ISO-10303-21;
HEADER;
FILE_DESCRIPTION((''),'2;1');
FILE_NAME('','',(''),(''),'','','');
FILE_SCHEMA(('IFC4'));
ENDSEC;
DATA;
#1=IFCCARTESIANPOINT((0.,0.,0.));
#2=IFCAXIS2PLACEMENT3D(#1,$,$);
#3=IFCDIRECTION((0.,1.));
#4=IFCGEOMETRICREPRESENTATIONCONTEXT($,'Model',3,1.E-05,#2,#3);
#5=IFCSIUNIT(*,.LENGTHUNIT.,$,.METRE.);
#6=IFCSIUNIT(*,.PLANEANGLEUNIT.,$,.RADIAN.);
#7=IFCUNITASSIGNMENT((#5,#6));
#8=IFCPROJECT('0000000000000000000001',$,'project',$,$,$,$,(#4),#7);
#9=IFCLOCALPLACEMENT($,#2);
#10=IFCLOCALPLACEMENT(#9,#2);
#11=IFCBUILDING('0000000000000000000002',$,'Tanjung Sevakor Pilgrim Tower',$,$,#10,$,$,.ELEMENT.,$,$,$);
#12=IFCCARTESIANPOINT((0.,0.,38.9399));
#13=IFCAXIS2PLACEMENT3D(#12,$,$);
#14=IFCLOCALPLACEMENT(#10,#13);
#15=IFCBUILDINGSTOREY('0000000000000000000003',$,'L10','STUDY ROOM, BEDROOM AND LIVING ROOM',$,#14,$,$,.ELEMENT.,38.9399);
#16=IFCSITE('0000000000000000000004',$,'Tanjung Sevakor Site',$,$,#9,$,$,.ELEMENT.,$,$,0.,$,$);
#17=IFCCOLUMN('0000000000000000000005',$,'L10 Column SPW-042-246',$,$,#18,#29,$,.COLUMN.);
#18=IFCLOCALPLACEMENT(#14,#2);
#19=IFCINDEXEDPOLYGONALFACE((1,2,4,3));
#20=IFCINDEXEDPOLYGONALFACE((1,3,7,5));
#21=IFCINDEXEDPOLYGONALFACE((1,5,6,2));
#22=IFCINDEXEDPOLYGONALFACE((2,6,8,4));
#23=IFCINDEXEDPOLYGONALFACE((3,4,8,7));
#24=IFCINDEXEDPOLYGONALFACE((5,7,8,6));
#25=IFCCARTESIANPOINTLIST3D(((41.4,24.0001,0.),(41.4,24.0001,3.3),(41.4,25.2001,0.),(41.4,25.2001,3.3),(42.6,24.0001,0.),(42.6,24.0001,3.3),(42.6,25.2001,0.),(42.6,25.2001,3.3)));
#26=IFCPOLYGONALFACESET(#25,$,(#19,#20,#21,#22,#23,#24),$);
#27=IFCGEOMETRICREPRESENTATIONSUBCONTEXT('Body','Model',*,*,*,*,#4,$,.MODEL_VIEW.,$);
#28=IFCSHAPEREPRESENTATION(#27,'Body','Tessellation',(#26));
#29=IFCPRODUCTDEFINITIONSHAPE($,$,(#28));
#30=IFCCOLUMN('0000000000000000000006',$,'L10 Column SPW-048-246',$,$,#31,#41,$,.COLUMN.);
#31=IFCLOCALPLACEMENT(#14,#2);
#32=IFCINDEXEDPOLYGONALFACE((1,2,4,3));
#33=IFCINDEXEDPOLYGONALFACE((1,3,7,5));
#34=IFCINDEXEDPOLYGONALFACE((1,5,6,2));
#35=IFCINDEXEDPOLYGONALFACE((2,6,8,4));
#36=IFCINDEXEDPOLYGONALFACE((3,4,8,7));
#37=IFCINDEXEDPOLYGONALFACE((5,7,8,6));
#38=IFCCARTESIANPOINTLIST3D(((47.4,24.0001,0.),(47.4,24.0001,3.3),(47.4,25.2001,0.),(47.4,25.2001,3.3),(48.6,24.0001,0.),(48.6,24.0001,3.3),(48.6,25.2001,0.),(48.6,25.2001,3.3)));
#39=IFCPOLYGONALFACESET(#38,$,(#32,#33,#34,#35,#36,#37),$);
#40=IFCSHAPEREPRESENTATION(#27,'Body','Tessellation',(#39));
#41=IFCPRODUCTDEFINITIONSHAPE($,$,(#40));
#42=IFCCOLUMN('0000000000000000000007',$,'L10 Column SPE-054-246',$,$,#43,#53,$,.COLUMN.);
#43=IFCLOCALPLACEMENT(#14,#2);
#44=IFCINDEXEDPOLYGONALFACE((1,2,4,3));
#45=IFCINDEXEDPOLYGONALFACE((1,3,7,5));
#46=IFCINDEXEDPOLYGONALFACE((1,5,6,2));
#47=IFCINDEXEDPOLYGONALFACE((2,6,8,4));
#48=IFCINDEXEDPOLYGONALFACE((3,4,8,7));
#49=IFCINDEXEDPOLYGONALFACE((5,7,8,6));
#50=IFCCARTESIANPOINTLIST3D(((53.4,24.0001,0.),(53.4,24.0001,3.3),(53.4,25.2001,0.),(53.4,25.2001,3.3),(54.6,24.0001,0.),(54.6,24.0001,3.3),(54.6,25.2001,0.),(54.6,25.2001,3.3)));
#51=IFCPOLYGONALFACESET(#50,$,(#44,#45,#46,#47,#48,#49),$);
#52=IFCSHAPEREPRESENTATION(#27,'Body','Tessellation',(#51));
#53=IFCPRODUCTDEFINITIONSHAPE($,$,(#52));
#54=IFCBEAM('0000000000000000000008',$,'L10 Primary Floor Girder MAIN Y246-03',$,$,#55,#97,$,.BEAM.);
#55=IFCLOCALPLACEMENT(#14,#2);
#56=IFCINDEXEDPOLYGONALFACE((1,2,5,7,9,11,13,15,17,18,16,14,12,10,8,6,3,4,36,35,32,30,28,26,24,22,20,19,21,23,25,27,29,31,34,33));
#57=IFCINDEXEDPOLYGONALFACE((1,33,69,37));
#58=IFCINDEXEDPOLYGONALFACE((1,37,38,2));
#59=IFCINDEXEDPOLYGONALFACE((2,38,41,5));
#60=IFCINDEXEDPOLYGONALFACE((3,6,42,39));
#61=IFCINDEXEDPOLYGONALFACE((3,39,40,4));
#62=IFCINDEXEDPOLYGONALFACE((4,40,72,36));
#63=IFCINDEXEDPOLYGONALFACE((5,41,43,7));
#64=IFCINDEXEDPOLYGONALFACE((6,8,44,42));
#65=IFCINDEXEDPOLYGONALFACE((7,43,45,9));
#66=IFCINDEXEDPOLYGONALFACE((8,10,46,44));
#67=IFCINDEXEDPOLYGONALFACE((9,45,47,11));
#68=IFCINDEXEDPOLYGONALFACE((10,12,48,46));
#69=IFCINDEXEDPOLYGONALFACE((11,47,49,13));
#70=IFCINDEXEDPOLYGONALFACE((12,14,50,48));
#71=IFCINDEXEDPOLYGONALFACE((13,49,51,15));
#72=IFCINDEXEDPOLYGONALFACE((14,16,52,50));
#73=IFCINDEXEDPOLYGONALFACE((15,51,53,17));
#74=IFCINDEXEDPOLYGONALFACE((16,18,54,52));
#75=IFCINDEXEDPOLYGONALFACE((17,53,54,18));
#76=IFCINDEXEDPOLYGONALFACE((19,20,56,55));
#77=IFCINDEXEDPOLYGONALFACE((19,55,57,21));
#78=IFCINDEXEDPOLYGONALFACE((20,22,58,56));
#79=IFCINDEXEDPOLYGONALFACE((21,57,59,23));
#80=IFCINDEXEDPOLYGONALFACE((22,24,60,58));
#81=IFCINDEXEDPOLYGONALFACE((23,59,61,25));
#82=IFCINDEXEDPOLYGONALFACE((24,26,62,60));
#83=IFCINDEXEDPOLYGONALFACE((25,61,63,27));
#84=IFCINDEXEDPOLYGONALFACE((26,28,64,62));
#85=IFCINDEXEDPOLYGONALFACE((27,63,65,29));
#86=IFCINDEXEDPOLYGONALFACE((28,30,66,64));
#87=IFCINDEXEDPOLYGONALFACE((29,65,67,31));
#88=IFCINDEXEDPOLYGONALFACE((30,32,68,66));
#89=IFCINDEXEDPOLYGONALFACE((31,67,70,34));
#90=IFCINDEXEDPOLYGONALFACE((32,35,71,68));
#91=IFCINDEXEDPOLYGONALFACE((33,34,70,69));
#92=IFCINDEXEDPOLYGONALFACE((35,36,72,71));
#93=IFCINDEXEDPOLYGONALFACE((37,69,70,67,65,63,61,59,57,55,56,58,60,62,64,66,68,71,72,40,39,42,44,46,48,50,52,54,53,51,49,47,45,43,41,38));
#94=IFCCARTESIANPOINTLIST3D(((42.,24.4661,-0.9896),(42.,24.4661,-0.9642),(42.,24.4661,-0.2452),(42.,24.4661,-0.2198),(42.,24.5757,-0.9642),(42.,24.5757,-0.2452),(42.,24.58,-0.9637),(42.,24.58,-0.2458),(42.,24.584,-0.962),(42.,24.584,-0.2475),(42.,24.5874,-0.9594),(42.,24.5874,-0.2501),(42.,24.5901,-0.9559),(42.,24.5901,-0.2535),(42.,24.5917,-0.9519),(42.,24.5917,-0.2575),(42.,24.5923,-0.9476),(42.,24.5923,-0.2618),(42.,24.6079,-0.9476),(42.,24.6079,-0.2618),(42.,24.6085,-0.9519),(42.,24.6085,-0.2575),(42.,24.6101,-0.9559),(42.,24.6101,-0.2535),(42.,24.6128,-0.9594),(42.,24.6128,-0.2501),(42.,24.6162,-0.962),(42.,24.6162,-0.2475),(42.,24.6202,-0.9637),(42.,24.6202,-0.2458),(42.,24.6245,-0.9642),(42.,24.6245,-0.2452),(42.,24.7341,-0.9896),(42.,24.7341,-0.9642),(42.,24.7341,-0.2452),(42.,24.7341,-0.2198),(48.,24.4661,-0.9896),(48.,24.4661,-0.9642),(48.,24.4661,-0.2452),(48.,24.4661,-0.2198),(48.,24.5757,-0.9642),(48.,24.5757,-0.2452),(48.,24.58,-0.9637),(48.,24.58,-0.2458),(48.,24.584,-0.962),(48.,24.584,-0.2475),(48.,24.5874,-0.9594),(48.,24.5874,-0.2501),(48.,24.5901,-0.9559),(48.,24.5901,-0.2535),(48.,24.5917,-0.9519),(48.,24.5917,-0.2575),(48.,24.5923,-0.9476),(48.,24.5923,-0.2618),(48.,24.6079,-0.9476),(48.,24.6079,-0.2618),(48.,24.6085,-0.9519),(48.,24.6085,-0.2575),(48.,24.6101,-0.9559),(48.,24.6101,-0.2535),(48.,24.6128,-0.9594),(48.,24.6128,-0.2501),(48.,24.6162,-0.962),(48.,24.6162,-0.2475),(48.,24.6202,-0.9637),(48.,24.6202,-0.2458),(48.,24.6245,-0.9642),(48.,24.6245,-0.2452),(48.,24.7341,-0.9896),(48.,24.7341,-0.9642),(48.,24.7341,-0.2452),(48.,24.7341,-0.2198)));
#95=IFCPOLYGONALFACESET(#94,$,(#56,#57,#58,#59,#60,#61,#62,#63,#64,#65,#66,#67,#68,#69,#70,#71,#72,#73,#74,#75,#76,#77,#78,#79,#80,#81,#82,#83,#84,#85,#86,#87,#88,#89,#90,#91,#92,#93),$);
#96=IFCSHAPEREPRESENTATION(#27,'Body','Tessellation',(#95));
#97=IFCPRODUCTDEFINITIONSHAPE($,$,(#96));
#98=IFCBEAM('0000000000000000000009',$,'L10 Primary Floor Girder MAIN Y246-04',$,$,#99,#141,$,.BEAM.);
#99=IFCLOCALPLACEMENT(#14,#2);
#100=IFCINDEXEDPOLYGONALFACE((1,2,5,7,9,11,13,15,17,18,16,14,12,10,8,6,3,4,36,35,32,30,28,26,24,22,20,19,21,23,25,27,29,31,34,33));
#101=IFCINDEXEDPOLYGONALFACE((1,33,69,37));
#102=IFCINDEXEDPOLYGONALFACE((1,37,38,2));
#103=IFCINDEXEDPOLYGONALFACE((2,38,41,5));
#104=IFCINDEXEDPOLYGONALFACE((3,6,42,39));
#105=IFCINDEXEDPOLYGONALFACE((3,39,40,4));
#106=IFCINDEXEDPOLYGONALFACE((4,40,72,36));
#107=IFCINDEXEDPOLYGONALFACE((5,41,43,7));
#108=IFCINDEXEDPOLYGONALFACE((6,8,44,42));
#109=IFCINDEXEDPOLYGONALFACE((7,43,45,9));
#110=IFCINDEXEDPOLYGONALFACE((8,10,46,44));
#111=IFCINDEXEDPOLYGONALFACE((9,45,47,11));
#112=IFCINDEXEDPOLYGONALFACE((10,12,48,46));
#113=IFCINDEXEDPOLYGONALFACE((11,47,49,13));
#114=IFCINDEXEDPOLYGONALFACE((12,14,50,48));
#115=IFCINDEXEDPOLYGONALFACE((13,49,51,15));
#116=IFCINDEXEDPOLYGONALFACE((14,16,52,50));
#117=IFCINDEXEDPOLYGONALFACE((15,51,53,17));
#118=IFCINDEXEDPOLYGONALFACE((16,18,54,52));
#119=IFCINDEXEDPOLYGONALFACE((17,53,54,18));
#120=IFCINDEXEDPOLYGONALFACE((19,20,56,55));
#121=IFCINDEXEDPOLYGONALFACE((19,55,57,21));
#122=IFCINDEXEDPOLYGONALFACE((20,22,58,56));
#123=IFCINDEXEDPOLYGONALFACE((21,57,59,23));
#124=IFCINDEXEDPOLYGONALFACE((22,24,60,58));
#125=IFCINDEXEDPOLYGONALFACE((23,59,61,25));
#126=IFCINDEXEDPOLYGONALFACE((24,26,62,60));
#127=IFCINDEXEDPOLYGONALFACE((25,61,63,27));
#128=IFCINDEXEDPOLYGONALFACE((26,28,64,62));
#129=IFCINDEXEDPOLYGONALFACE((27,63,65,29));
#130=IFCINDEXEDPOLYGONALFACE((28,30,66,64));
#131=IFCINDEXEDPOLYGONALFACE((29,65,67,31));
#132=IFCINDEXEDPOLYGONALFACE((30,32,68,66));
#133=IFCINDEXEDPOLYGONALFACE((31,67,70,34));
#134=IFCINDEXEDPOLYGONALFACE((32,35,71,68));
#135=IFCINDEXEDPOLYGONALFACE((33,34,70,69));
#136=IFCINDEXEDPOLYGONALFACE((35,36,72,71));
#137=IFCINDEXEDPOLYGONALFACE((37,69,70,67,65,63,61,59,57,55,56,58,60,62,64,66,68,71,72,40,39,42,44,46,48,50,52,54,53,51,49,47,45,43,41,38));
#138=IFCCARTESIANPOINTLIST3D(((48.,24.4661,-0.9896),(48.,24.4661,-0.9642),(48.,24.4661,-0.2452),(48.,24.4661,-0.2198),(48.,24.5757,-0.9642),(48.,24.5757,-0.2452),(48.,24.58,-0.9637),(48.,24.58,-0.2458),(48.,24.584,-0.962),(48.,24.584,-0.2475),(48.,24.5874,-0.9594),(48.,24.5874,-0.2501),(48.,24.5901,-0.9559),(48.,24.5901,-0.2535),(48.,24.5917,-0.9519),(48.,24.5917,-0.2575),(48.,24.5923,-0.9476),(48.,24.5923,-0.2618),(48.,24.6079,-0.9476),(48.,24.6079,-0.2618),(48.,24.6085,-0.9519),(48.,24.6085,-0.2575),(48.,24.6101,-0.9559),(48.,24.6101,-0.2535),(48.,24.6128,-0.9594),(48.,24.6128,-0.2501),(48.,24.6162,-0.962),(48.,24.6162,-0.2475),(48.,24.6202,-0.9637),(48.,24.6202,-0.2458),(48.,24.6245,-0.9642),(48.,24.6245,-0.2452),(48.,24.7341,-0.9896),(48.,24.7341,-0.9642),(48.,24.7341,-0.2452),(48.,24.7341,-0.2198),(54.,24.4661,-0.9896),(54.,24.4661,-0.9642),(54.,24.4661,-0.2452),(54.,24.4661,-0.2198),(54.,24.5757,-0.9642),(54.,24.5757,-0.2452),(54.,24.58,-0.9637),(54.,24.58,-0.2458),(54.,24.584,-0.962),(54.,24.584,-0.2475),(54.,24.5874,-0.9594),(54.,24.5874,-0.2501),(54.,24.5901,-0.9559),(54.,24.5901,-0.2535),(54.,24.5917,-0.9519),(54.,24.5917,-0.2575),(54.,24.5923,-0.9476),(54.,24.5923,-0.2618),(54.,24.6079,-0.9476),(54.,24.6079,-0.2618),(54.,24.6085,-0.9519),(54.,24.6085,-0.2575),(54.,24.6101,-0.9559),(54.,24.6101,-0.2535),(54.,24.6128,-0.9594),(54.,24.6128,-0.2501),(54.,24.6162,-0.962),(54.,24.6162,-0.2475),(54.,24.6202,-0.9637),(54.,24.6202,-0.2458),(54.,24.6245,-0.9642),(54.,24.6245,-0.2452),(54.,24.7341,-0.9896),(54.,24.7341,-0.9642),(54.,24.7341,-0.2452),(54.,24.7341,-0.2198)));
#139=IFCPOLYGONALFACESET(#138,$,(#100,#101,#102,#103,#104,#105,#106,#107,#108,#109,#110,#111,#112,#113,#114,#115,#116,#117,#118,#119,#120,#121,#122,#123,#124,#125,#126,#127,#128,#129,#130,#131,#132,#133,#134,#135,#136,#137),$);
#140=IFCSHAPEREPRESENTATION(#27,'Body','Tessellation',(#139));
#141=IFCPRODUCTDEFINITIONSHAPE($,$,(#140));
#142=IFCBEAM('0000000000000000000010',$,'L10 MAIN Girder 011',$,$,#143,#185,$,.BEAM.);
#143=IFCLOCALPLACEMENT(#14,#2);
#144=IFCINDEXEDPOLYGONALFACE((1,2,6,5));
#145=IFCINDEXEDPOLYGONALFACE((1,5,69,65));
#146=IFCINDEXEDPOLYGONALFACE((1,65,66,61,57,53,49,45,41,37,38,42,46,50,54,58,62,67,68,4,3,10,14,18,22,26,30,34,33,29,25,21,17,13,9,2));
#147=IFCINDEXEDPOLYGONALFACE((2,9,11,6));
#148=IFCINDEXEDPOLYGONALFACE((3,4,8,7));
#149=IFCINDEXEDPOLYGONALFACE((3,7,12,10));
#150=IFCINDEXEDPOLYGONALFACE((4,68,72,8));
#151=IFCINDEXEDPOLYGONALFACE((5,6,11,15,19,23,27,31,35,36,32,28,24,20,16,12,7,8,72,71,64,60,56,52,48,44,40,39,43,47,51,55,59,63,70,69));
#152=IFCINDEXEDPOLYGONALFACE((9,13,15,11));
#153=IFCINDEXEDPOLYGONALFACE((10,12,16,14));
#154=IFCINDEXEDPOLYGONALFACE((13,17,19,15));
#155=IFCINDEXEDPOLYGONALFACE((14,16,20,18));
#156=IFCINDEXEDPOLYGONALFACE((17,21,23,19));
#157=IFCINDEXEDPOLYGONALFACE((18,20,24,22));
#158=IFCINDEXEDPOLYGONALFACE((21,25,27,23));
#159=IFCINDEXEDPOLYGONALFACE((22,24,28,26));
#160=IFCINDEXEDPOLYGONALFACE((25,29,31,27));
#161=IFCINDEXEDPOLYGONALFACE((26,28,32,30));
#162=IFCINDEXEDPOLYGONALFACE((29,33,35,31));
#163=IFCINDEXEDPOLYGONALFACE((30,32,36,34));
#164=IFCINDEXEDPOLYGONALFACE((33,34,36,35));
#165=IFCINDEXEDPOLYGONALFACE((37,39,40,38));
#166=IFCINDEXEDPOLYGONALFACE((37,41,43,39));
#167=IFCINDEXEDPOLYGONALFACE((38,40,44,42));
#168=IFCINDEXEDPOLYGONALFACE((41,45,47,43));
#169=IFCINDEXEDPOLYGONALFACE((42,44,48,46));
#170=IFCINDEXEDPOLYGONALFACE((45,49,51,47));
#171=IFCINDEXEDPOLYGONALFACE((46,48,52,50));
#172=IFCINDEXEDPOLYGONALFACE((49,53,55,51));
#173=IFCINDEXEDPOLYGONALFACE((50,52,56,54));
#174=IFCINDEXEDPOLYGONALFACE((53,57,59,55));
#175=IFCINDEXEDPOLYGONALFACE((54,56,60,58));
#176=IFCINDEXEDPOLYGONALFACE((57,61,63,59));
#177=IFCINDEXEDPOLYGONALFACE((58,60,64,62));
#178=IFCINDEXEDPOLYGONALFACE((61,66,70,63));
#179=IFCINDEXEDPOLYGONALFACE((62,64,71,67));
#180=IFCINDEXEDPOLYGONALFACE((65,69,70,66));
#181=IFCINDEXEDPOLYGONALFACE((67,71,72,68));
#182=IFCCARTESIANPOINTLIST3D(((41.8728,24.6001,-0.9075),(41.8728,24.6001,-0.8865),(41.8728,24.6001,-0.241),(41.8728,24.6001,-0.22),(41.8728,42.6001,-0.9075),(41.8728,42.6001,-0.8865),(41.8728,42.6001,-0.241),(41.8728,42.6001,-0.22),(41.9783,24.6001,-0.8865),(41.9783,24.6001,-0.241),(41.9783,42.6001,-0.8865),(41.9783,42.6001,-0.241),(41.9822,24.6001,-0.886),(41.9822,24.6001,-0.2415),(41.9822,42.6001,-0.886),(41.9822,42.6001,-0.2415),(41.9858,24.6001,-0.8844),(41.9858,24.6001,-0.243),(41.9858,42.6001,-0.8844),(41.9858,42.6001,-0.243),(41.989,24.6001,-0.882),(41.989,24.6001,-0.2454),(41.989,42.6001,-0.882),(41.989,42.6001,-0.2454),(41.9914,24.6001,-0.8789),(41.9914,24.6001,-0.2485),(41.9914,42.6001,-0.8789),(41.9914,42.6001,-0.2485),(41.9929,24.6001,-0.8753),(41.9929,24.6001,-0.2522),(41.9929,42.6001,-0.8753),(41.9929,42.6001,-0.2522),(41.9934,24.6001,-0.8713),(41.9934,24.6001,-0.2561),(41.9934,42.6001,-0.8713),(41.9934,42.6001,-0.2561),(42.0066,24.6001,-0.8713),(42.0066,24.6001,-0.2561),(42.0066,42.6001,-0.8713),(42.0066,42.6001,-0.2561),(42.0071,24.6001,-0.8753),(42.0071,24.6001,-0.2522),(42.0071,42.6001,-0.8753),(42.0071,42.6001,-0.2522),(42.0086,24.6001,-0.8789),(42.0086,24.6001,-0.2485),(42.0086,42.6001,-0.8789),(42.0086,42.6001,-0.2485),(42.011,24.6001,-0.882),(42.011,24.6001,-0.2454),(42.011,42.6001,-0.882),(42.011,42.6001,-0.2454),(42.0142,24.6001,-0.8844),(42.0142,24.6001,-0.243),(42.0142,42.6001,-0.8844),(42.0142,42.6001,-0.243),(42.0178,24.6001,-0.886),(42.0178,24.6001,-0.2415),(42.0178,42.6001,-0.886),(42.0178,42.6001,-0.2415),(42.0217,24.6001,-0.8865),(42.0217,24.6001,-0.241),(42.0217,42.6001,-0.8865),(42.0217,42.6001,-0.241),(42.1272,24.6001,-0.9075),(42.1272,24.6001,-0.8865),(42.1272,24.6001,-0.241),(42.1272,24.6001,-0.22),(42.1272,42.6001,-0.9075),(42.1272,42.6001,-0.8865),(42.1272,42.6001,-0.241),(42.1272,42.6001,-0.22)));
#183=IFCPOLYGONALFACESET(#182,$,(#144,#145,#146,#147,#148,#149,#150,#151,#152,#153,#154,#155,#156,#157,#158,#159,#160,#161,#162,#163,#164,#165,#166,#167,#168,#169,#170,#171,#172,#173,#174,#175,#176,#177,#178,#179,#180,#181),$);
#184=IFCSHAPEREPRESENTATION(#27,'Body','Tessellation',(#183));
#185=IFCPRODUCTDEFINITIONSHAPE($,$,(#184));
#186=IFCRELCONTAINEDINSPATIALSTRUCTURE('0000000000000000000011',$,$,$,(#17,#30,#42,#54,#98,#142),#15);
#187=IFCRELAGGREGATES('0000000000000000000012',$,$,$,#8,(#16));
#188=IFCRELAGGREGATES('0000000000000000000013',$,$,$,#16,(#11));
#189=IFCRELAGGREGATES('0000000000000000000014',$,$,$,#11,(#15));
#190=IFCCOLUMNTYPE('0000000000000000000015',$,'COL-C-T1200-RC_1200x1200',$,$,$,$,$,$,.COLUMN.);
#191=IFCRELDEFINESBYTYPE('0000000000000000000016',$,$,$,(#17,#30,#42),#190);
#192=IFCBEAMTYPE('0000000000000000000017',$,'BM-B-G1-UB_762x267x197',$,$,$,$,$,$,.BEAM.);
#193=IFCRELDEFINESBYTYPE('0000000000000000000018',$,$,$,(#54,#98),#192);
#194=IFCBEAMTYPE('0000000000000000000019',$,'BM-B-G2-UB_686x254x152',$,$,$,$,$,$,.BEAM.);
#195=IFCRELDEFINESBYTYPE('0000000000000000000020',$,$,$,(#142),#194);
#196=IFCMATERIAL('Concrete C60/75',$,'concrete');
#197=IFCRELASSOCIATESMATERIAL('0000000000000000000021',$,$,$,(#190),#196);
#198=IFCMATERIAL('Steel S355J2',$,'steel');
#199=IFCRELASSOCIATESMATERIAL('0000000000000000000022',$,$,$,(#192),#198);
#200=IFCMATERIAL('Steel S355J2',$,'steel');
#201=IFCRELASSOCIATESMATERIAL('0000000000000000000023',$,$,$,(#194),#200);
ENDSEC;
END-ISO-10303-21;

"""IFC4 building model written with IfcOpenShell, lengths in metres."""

from ifc_helpers import new_model, si_unit, direction, frame, origin, origin_2d, place, context, subcontext, project, spatial, rectangle, i_section, extrude, material, material_profile, profile_set, type_object, element, save


model = new_model("IFC4")

# Units and contexts
model_context = context("Model", 3, precision=1e-05, world=origin(), true_north=direction((0.0, 1.0)))
body_context = subcontext(model_context, "Body", "Model", "MODEL_VIEW")
ifc_project = project(units=[si_unit("LENGTHUNIT", "METRE"), si_unit("PLANEANGLEUNIT", "RADIAN")], contexts=[model_context])

# Site, building, storey
site_placement = place(None, origin())
site = spatial("IfcSite", under=ifc_project, at=site_placement, Name="Tanjung Sevakor Site", CompositionType="ELEMENT", RefElevation=0.0)
building_placement = place(site_placement, origin())
building = spatial("IfcBuilding", under=site, at=building_placement, Name="Tanjung Sevakor Pilgrim Tower", CompositionType="ELEMENT")
storey_placement = place(building_placement, frame((0.0, 0.0, 38.9399)))
storey = spatial("IfcBuildingStorey", under=building, at=storey_placement, Name="L10", Description="STUDY ROOM, BEDROOM AND LIVING ROOM", CompositionType="ELEMENT", Elevation=38.9399)

# Columns
ifc_material_1 = material(Name="Concrete C60/75", Category="concrete")
ifc_material_profile_1 = material_profile(ifc_material_1, rectangle(XDim=1.2, YDim=1.2, at=origin_2d()))
ifc_profile_set_1 = profile_set([ifc_material_profile_1], Name="Concrete C60/75")
column_type = type_object("IfcColumnType", Name="COL-C-T1200-RC_1200x1200", PredefinedType="COLUMN", material=ifc_profile_set_1)
for number, where, z_axis, x_axis, name in (
    (1, (42.0, 24.6001, 0.0), (0.0, 0.0, 1.0), (1.0, 0.0, 0.0), "L10 Column SPW-042-246"),
    (2, (48.0, 24.6001, 0.0), (0.0, 0.0, 1.0), (1.0, 0.0, 0.0), "L10 Column SPW-048-246"),
    (3, (54.0, 24.6001, 0.0), (0.0, 0.0, 1.0), (1.0, 0.0, 0.0), "L10 Column SPE-054-246"),
):
    element("IfcColumn", number, at=place(storey_placement, frame(where, z_axis=z_axis, x_axis=x_axis)), inside=storey, type_object=column_type, Name=name, PredefinedType="COLUMN", context=body_context, shape_type="SweptSolid", body=[
        extrude(rectangle(XDim=1.2, YDim=1.2, at=origin_2d()), origin(), (0.0, 0.0, 1.0), 3.3),
    ])

# Beams
ifc_material_2 = material(Name="Steel S355J2", Category="steel")
ifc_material_profile_2 = material_profile(ifc_material_2, i_section(OverallWidth=0.2681, OverallDepth=0.7698, WebThickness=0.0156, FlangeThickness=0.0254, FilletRadius=0.0166, at=origin_2d()))
ifc_profile_set_2 = profile_set([ifc_material_profile_2], Name="Steel S355J2")
beam_type_1 = type_object("IfcBeamType", Name="BM-B-G1-UB_762x267x197", PredefinedType="BEAM", material=ifc_profile_set_2)
for number, where, z_axis, x_axis, name in (
    (4, (42.0, 24.6001, -0.6047), (1.0, 0.0, 0.0), (0.0, 1.0, 0.0), "L10 Primary Floor Girder MAIN Y246-03"),
    (5, (48.0, 24.6001, -0.6047), (1.0, 0.0, 0.0), (0.0, 1.0, 0.0), "L10 Primary Floor Girder MAIN Y246-04"),
):
    element("IfcBeam", number, at=place(storey_placement, frame(where, z_axis=z_axis, x_axis=x_axis)), inside=storey, type_object=beam_type_1, Name=name, PredefinedType="BEAM", context=body_context, shape_type="SweptSolid", body=[
        extrude(i_section(OverallWidth=0.2681, OverallDepth=0.7698, WebThickness=0.0156, FlangeThickness=0.0254, FilletRadius=0.0166, at=origin_2d()), origin(), (0.0, 0.0, 1.0), 6.0),
    ])
ifc_material_3 = material(Name="Steel S355J2", Category="steel")
ifc_material_profile_3 = material_profile(ifc_material_3, i_section(OverallWidth=0.2544, OverallDepth=0.6875, WebThickness=0.0132, FlangeThickness=0.021, FilletRadius=0.0151, at=origin_2d()))
ifc_profile_set_3 = profile_set([ifc_material_profile_3], Name="Steel S355J2")
beam_type_2 = type_object("IfcBeamType", Name="BM-B-G2-UB_686x254x152", PredefinedType="BEAM", material=ifc_profile_set_3)
beam_1_placement = place(storey_placement, frame((42.0, 24.6001, -0.5637), z_axis=(0.0, 1.0, 0.0), x_axis=(-1.0, 0.0, 0.0)))
element("IfcBeam", 6, at=beam_1_placement, inside=storey, type_object=beam_type_2, Name="L10 MAIN Girder 011", PredefinedType="BEAM", context=body_context, shape_type="SweptSolid", body=[
    extrude(i_section(OverallWidth=0.2544, OverallDepth=0.6875, WebThickness=0.0132, FlangeThickness=0.021, FilletRadius=0.0151, at=origin_2d()), origin(), (0.0, 0.0, 1.0), 18.0),
])

save(model, "model.ifc")
